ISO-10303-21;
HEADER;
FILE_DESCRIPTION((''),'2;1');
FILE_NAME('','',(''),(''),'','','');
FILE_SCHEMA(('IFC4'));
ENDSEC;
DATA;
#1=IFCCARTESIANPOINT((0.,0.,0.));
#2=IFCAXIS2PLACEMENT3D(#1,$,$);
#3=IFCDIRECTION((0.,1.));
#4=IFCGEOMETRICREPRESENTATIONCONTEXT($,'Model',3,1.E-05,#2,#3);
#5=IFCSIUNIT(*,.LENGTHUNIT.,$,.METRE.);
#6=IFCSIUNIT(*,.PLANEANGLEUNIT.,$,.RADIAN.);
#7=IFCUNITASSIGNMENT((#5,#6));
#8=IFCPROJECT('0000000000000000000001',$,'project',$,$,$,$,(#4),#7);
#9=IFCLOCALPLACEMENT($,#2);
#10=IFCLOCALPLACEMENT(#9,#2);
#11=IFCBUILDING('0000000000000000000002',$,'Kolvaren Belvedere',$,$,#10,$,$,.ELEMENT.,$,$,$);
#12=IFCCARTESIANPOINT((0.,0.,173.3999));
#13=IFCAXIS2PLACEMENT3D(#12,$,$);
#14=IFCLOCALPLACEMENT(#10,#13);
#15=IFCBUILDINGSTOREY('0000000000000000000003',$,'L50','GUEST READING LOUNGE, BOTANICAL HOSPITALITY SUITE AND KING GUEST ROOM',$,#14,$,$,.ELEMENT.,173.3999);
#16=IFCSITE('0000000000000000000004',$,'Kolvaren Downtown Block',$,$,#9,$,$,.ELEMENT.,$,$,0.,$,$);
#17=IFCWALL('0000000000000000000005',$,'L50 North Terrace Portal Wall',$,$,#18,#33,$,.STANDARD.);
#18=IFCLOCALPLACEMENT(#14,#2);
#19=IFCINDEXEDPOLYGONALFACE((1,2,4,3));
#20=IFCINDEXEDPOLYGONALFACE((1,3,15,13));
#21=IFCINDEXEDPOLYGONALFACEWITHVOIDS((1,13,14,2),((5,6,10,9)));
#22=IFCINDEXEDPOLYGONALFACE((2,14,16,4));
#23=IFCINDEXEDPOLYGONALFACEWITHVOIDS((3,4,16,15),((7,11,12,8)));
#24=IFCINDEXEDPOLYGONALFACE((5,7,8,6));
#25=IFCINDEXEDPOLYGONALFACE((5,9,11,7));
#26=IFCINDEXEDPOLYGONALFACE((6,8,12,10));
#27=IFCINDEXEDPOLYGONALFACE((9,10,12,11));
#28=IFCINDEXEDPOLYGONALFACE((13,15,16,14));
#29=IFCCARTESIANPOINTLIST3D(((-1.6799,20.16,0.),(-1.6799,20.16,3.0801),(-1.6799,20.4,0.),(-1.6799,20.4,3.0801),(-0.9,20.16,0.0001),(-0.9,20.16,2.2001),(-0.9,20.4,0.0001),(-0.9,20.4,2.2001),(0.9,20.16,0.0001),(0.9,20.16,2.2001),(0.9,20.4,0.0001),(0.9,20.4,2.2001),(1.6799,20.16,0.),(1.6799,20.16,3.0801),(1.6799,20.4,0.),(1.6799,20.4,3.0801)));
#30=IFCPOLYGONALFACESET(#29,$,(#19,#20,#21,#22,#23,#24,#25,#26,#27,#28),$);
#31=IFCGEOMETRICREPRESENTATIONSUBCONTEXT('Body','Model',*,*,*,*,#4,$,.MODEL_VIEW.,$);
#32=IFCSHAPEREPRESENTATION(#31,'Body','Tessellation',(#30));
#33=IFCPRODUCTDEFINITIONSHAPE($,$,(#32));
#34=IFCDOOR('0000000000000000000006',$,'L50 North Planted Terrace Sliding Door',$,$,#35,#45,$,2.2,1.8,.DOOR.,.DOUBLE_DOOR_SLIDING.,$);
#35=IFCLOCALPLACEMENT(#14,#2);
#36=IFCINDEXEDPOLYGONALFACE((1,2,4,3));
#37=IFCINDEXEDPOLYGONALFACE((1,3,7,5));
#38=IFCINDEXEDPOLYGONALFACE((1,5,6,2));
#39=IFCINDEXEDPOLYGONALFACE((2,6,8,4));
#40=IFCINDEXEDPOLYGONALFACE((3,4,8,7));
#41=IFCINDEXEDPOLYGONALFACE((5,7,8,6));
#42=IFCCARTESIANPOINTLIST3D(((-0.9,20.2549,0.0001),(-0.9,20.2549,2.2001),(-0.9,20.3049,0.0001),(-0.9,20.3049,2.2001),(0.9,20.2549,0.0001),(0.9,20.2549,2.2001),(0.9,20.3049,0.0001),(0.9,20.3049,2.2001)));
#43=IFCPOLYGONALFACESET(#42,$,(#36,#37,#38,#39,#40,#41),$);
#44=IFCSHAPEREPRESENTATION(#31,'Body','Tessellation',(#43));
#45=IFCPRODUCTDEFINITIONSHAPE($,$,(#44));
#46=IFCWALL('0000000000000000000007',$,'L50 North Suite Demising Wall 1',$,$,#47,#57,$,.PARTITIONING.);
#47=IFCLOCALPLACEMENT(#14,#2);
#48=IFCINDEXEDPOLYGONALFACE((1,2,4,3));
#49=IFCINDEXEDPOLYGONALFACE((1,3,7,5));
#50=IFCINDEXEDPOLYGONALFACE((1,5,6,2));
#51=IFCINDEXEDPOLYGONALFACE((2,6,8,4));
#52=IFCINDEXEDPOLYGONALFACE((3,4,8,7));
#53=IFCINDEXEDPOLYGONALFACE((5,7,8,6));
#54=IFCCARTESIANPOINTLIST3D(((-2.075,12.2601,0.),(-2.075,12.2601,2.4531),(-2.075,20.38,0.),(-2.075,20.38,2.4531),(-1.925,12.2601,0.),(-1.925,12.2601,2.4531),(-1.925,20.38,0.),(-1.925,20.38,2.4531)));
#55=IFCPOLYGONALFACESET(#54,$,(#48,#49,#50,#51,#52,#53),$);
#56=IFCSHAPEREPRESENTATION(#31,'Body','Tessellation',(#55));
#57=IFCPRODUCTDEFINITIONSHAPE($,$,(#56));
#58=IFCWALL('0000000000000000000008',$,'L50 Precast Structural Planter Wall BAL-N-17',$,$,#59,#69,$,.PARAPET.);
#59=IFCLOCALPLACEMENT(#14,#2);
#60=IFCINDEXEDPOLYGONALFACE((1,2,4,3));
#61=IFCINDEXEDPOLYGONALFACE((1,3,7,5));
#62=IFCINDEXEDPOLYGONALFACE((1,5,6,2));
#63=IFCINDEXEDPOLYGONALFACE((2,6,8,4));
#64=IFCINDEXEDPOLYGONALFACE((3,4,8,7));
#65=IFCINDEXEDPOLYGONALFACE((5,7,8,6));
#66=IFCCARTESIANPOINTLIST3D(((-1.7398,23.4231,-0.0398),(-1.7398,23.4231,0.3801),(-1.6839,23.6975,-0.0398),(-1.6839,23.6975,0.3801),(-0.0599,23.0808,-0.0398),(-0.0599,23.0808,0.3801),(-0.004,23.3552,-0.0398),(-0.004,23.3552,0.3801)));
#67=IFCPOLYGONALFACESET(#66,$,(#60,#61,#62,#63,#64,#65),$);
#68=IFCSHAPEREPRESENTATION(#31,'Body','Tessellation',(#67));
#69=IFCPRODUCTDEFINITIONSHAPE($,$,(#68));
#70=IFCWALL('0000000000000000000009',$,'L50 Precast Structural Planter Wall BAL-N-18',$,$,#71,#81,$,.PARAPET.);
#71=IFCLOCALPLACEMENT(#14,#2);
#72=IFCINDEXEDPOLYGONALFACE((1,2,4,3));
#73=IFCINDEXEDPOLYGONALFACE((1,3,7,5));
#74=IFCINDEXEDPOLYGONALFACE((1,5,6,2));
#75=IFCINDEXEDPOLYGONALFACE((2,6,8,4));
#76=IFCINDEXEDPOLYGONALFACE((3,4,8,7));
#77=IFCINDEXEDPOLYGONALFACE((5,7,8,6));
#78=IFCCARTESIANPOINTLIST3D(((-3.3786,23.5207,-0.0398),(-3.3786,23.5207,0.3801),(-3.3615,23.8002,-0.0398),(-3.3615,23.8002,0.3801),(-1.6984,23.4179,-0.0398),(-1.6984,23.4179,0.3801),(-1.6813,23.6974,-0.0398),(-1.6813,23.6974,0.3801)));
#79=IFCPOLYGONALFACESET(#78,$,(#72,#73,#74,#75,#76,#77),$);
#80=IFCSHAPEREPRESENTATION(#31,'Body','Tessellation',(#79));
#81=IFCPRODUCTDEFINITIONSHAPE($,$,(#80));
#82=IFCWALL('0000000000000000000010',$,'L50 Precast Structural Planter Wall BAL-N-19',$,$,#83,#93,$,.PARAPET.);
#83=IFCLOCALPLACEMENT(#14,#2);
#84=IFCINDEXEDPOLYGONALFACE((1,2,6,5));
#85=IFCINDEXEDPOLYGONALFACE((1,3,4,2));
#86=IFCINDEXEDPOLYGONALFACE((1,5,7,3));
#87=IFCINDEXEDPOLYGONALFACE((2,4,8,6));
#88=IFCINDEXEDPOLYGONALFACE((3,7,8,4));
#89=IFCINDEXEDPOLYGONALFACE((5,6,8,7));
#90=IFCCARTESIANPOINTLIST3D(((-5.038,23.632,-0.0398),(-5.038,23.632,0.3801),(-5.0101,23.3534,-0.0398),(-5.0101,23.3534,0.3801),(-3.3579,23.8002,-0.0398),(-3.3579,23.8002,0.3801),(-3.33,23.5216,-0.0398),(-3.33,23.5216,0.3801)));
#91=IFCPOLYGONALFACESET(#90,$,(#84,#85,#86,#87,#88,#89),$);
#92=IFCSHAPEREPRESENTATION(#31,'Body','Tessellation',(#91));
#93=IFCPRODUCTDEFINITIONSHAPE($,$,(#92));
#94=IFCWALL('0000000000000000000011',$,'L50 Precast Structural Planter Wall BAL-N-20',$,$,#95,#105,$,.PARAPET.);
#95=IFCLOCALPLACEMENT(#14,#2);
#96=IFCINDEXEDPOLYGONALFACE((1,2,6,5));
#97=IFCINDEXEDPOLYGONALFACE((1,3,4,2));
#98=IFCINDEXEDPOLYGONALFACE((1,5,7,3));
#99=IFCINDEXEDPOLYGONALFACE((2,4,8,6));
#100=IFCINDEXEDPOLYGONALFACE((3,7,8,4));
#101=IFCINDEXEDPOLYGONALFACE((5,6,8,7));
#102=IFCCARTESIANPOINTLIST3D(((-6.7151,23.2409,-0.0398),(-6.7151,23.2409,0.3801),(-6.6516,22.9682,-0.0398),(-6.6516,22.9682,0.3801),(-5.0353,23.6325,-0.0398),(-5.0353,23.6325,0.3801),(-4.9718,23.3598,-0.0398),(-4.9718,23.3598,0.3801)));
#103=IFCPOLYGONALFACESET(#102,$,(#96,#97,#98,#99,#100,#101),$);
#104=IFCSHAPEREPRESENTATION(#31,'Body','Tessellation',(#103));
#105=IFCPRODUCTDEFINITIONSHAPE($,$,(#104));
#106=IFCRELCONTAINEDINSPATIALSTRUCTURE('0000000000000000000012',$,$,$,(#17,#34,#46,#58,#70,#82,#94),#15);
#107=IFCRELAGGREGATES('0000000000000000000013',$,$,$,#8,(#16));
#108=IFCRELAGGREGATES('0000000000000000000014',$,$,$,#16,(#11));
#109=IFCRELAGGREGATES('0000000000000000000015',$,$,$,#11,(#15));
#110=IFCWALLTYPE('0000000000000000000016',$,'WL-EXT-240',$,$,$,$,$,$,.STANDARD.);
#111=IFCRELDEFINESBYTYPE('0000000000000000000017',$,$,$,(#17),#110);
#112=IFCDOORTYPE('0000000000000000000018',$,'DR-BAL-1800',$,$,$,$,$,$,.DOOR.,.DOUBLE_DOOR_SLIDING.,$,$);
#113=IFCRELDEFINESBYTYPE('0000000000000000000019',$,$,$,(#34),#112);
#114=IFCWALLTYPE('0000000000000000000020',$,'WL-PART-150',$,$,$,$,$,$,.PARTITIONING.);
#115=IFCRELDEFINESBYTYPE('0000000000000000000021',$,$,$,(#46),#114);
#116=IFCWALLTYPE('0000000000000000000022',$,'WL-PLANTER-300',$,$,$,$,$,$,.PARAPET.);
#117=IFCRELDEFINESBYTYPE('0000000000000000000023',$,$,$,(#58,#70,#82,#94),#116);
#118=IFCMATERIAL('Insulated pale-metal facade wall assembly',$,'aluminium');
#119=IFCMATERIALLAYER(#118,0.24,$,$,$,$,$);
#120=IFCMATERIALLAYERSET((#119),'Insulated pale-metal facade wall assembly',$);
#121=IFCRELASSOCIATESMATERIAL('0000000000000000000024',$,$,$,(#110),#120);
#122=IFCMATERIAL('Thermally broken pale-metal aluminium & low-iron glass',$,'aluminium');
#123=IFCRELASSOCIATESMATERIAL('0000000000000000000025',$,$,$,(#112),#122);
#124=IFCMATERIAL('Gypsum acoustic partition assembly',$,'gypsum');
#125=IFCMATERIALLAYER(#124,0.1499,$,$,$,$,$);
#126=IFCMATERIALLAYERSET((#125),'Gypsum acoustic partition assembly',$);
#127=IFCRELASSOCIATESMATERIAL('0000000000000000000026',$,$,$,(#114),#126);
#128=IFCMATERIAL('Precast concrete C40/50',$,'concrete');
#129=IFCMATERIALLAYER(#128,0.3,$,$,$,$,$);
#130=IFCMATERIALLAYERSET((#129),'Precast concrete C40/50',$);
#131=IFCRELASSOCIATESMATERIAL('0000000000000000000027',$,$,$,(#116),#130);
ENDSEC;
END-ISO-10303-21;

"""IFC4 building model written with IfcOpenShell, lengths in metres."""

from ifc_helpers import new_model, si_unit, direction, frame, frame_2d, origin, place, context, subcontext, project, spatial, rectangle, extrude, material, layer, layer_set, type_object, element, fill, save


model = new_model("IFC4")

# Units and contexts
model_context = context("Model", 3, precision=1e-05, world=origin(), true_north=direction((0.0, 1.0)))
body_context = subcontext(model_context, "Body", "Model", "MODEL_VIEW")
ifc_project = project(units=[si_unit("LENGTHUNIT", "METRE"), si_unit("PLANEANGLEUNIT", "RADIAN")], contexts=[model_context])

# Site, building, storey
site_placement = place(None, origin())
site = spatial("IfcSite", under=ifc_project, at=site_placement, Name="Kolvaren Downtown Block", CompositionType="ELEMENT", RefElevation=0.0)
building_placement = place(site_placement, origin())
building = spatial("IfcBuilding", under=site, at=building_placement, Name="Kolvaren Belvedere", CompositionType="ELEMENT")
storey_placement = place(building_placement, frame((0.0, 0.0, 173.3999)))
storey = spatial("IfcBuildingStorey", under=building, at=storey_placement, Name="L50", Description="GUEST READING LOUNGE, BOTANICAL HOSPITALITY SUITE AND KING GUEST ROOM", CompositionType="ELEMENT", Elevation=173.3999)

# Wall, opening, door
ifc_material_1 = material(Name="Insulated pale-metal facade wall assembly", Category="aluminium")
ifc_layer_1 = layer(ifc_material_1, 0.24)
ifc_layer_set_1 = layer_set([ifc_layer_1], Name="Insulated pale-metal facade wall assembly")
wall_type_1 = type_object("IfcWallType", Name="WL-EXT-240", PredefinedType="STANDARD", material=ifc_layer_set_1)
wall_1_placement = place(storey_placement, frame((-1.6799, 20.28, 0.0), z_axis=(0.0, 0.0, 1.0), x_axis=(1.0, 0.0, 0.0)))
wall_1 = element("IfcWall", 1, at=wall_1_placement, inside=storey, type_object=wall_type_1, Name="L50 North Terrace Portal Wall", PredefinedType="STANDARD", context=body_context, shape_type="SweptSolid", body=[
    extrude(rectangle(XDim=3.3599, YDim=0.24, at=frame_2d((1.6799, 0.0))), origin(), (0.0, 0.0, 1.0), 3.0801),
])
opening_placement = place(wall_1_placement, frame((0.78, 0.0, 0.0)))
opening = element("IfcOpeningElement", 2, at=opening_placement, cuts=wall_1, PredefinedType="OPENING", context=body_context, shape_type="SweptSolid", body=[
    extrude(rectangle(XDim=1.8, YDim=2.2, at=frame_2d((0.8999, 1.1001))), frame((0.0, 0.1299, 0.0), z_axis=(0.0, -1.0, 0.0), x_axis=(1.0, 0.0, 0.0)), (0.0, 0.0, 1.0), 0.26),
])
ifc_material_2 = material(Name="Thermally broken pale-metal aluminium & low-iron glass", Category="aluminium")
door_type = type_object("IfcDoorType", Name="DR-BAL-1800", OperationType="DOUBLE_DOOR_SLIDING", PredefinedType="DOOR", material=ifc_material_2)
door_placement = place(opening_placement, origin())
door = element("IfcDoor", 3, at=door_placement, inside=storey, type_object=door_type, Name="L50 North Planted Terrace Sliding Door", OperationType="DOUBLE_DOOR_SLIDING", OverallHeight=2.2, OverallWidth=1.8, PredefinedType="DOOR", context=body_context, shape_type="SweptSolid", body=[
    extrude(rectangle(XDim=1.8, YDim=2.2, at=frame_2d((0.8999, 1.1001))), frame((0.0, 0.0249, 0.0), z_axis=(0.0, -1.0, 0.0), x_axis=(1.0, 0.0, 0.0)), (0.0, 0.0, 1.0), 0.05),
])
fill(opening, door)

# Walls
ifc_material_3 = material(Name="Gypsum acoustic partition assembly", Category="gypsum")
ifc_layer_2 = layer(ifc_material_3, 0.1499)
ifc_layer_set_2 = layer_set([ifc_layer_2], Name="Gypsum acoustic partition assembly")
wall_type_2 = type_object("IfcWallType", Name="WL-PART-150", PredefinedType="PARTITIONING", material=ifc_layer_set_2)
wall_2_placement = place(storey_placement, frame((-2.0, 12.26, 0.0), z_axis=(0.0, 0.0, 1.0), x_axis=(0.0, 1.0, 0.0)))
element("IfcWall", 4, at=wall_2_placement, inside=storey, type_object=wall_type_2, Name="L50 North Suite Demising Wall 1", PredefinedType="PARTITIONING", context=body_context, shape_type="SweptSolid", body=[
    extrude(rectangle(XDim=8.1199, YDim=0.1499, at=frame_2d((4.0601, 0.0))), origin(), (0.0, 0.0, 1.0), 2.4531),
])
ifc_material_4 = material(Name="Precast concrete C40/50", Category="concrete")
ifc_layer_3 = layer(ifc_material_4, 0.3)
ifc_layer_set_3 = layer_set([ifc_layer_3], Name="Precast concrete C40/50")
wall_type_3 = type_object("IfcWallType", Name="WL-PLANTER-300", PredefinedType="PARAPET", material=ifc_layer_set_3)
wall_3_placement = place(storey_placement, frame((-0.032, 23.218, -0.0398), z_axis=(0.0, 0.0, 1.0), x_axis=(-0.979868, 0.199648, 0.0)))
element("IfcWall", 5, at=wall_3_placement, inside=storey, type_object=wall_type_3, Name="L50 Precast Structural Planter Wall BAL-N-17", PredefinedType="PARAPET", context=body_context, shape_type="SweptSolid", body=[
    extrude(rectangle(XDim=1.7144, YDim=0.28, at=frame_2d((0.8572, 0.0))), origin(), (0.0, 0.0, 1.0), 0.4199),
])
wall_4_placement = place(storey_placement, frame((-1.6897, 23.5576, -0.0398), z_axis=(0.0, 0.0, 1.0), x_axis=(-0.998134, 0.06106, 0.0)))
element("IfcWall", 6, at=wall_4_placement, inside=storey, type_object=wall_type_3, Name="L50 Precast Structural Planter Wall BAL-N-18", PredefinedType="PARAPET", context=body_context, shape_type="SweptSolid", body=[
    extrude(rectangle(XDim=1.6833, YDim=0.28, at=frame_2d((0.8418, 0.0))), origin(), (0.0, 0.0, 1.0), 0.4199),
])
wall_5_placement = place(storey_placement, frame((-3.344, 23.6609, -0.0398), z_axis=(0.0, 0.0, 1.0), x_axis=(-0.995026, -0.099618, 0.0)))
element("IfcWall", 7, at=wall_5_placement, inside=storey, type_object=wall_type_3, Name="L50 Precast Structural Planter Wall BAL-N-19", PredefinedType="PARAPET", context=body_context, shape_type="SweptSolid", body=[
    extrude(rectangle(XDim=1.6885, YDim=0.28, at=frame_2d((0.8442, 0.0))), origin(), (0.0, 0.0, 1.0), 0.4199),
])
wall_6_placement = place(storey_placement, frame((-5.0037, 23.4961, -0.0398), z_axis=(0.0, 0.0, 1.0), x_axis=(-0.97389, -0.227019, 0.0)))
element("IfcWall", 8, at=wall_6_placement, inside=storey, type_object=wall_type_3, Name="L50 Precast Structural Planter Wall BAL-N-20", PredefinedType="PARAPET", context=body_context, shape_type="SweptSolid", body=[
    extrude(rectangle(XDim=1.7249, YDim=0.28, at=frame_2d((0.8623, 0.0))), origin(), (0.0, 0.0, 1.0), 0.4199),
])

save(model, "model.ifc")
